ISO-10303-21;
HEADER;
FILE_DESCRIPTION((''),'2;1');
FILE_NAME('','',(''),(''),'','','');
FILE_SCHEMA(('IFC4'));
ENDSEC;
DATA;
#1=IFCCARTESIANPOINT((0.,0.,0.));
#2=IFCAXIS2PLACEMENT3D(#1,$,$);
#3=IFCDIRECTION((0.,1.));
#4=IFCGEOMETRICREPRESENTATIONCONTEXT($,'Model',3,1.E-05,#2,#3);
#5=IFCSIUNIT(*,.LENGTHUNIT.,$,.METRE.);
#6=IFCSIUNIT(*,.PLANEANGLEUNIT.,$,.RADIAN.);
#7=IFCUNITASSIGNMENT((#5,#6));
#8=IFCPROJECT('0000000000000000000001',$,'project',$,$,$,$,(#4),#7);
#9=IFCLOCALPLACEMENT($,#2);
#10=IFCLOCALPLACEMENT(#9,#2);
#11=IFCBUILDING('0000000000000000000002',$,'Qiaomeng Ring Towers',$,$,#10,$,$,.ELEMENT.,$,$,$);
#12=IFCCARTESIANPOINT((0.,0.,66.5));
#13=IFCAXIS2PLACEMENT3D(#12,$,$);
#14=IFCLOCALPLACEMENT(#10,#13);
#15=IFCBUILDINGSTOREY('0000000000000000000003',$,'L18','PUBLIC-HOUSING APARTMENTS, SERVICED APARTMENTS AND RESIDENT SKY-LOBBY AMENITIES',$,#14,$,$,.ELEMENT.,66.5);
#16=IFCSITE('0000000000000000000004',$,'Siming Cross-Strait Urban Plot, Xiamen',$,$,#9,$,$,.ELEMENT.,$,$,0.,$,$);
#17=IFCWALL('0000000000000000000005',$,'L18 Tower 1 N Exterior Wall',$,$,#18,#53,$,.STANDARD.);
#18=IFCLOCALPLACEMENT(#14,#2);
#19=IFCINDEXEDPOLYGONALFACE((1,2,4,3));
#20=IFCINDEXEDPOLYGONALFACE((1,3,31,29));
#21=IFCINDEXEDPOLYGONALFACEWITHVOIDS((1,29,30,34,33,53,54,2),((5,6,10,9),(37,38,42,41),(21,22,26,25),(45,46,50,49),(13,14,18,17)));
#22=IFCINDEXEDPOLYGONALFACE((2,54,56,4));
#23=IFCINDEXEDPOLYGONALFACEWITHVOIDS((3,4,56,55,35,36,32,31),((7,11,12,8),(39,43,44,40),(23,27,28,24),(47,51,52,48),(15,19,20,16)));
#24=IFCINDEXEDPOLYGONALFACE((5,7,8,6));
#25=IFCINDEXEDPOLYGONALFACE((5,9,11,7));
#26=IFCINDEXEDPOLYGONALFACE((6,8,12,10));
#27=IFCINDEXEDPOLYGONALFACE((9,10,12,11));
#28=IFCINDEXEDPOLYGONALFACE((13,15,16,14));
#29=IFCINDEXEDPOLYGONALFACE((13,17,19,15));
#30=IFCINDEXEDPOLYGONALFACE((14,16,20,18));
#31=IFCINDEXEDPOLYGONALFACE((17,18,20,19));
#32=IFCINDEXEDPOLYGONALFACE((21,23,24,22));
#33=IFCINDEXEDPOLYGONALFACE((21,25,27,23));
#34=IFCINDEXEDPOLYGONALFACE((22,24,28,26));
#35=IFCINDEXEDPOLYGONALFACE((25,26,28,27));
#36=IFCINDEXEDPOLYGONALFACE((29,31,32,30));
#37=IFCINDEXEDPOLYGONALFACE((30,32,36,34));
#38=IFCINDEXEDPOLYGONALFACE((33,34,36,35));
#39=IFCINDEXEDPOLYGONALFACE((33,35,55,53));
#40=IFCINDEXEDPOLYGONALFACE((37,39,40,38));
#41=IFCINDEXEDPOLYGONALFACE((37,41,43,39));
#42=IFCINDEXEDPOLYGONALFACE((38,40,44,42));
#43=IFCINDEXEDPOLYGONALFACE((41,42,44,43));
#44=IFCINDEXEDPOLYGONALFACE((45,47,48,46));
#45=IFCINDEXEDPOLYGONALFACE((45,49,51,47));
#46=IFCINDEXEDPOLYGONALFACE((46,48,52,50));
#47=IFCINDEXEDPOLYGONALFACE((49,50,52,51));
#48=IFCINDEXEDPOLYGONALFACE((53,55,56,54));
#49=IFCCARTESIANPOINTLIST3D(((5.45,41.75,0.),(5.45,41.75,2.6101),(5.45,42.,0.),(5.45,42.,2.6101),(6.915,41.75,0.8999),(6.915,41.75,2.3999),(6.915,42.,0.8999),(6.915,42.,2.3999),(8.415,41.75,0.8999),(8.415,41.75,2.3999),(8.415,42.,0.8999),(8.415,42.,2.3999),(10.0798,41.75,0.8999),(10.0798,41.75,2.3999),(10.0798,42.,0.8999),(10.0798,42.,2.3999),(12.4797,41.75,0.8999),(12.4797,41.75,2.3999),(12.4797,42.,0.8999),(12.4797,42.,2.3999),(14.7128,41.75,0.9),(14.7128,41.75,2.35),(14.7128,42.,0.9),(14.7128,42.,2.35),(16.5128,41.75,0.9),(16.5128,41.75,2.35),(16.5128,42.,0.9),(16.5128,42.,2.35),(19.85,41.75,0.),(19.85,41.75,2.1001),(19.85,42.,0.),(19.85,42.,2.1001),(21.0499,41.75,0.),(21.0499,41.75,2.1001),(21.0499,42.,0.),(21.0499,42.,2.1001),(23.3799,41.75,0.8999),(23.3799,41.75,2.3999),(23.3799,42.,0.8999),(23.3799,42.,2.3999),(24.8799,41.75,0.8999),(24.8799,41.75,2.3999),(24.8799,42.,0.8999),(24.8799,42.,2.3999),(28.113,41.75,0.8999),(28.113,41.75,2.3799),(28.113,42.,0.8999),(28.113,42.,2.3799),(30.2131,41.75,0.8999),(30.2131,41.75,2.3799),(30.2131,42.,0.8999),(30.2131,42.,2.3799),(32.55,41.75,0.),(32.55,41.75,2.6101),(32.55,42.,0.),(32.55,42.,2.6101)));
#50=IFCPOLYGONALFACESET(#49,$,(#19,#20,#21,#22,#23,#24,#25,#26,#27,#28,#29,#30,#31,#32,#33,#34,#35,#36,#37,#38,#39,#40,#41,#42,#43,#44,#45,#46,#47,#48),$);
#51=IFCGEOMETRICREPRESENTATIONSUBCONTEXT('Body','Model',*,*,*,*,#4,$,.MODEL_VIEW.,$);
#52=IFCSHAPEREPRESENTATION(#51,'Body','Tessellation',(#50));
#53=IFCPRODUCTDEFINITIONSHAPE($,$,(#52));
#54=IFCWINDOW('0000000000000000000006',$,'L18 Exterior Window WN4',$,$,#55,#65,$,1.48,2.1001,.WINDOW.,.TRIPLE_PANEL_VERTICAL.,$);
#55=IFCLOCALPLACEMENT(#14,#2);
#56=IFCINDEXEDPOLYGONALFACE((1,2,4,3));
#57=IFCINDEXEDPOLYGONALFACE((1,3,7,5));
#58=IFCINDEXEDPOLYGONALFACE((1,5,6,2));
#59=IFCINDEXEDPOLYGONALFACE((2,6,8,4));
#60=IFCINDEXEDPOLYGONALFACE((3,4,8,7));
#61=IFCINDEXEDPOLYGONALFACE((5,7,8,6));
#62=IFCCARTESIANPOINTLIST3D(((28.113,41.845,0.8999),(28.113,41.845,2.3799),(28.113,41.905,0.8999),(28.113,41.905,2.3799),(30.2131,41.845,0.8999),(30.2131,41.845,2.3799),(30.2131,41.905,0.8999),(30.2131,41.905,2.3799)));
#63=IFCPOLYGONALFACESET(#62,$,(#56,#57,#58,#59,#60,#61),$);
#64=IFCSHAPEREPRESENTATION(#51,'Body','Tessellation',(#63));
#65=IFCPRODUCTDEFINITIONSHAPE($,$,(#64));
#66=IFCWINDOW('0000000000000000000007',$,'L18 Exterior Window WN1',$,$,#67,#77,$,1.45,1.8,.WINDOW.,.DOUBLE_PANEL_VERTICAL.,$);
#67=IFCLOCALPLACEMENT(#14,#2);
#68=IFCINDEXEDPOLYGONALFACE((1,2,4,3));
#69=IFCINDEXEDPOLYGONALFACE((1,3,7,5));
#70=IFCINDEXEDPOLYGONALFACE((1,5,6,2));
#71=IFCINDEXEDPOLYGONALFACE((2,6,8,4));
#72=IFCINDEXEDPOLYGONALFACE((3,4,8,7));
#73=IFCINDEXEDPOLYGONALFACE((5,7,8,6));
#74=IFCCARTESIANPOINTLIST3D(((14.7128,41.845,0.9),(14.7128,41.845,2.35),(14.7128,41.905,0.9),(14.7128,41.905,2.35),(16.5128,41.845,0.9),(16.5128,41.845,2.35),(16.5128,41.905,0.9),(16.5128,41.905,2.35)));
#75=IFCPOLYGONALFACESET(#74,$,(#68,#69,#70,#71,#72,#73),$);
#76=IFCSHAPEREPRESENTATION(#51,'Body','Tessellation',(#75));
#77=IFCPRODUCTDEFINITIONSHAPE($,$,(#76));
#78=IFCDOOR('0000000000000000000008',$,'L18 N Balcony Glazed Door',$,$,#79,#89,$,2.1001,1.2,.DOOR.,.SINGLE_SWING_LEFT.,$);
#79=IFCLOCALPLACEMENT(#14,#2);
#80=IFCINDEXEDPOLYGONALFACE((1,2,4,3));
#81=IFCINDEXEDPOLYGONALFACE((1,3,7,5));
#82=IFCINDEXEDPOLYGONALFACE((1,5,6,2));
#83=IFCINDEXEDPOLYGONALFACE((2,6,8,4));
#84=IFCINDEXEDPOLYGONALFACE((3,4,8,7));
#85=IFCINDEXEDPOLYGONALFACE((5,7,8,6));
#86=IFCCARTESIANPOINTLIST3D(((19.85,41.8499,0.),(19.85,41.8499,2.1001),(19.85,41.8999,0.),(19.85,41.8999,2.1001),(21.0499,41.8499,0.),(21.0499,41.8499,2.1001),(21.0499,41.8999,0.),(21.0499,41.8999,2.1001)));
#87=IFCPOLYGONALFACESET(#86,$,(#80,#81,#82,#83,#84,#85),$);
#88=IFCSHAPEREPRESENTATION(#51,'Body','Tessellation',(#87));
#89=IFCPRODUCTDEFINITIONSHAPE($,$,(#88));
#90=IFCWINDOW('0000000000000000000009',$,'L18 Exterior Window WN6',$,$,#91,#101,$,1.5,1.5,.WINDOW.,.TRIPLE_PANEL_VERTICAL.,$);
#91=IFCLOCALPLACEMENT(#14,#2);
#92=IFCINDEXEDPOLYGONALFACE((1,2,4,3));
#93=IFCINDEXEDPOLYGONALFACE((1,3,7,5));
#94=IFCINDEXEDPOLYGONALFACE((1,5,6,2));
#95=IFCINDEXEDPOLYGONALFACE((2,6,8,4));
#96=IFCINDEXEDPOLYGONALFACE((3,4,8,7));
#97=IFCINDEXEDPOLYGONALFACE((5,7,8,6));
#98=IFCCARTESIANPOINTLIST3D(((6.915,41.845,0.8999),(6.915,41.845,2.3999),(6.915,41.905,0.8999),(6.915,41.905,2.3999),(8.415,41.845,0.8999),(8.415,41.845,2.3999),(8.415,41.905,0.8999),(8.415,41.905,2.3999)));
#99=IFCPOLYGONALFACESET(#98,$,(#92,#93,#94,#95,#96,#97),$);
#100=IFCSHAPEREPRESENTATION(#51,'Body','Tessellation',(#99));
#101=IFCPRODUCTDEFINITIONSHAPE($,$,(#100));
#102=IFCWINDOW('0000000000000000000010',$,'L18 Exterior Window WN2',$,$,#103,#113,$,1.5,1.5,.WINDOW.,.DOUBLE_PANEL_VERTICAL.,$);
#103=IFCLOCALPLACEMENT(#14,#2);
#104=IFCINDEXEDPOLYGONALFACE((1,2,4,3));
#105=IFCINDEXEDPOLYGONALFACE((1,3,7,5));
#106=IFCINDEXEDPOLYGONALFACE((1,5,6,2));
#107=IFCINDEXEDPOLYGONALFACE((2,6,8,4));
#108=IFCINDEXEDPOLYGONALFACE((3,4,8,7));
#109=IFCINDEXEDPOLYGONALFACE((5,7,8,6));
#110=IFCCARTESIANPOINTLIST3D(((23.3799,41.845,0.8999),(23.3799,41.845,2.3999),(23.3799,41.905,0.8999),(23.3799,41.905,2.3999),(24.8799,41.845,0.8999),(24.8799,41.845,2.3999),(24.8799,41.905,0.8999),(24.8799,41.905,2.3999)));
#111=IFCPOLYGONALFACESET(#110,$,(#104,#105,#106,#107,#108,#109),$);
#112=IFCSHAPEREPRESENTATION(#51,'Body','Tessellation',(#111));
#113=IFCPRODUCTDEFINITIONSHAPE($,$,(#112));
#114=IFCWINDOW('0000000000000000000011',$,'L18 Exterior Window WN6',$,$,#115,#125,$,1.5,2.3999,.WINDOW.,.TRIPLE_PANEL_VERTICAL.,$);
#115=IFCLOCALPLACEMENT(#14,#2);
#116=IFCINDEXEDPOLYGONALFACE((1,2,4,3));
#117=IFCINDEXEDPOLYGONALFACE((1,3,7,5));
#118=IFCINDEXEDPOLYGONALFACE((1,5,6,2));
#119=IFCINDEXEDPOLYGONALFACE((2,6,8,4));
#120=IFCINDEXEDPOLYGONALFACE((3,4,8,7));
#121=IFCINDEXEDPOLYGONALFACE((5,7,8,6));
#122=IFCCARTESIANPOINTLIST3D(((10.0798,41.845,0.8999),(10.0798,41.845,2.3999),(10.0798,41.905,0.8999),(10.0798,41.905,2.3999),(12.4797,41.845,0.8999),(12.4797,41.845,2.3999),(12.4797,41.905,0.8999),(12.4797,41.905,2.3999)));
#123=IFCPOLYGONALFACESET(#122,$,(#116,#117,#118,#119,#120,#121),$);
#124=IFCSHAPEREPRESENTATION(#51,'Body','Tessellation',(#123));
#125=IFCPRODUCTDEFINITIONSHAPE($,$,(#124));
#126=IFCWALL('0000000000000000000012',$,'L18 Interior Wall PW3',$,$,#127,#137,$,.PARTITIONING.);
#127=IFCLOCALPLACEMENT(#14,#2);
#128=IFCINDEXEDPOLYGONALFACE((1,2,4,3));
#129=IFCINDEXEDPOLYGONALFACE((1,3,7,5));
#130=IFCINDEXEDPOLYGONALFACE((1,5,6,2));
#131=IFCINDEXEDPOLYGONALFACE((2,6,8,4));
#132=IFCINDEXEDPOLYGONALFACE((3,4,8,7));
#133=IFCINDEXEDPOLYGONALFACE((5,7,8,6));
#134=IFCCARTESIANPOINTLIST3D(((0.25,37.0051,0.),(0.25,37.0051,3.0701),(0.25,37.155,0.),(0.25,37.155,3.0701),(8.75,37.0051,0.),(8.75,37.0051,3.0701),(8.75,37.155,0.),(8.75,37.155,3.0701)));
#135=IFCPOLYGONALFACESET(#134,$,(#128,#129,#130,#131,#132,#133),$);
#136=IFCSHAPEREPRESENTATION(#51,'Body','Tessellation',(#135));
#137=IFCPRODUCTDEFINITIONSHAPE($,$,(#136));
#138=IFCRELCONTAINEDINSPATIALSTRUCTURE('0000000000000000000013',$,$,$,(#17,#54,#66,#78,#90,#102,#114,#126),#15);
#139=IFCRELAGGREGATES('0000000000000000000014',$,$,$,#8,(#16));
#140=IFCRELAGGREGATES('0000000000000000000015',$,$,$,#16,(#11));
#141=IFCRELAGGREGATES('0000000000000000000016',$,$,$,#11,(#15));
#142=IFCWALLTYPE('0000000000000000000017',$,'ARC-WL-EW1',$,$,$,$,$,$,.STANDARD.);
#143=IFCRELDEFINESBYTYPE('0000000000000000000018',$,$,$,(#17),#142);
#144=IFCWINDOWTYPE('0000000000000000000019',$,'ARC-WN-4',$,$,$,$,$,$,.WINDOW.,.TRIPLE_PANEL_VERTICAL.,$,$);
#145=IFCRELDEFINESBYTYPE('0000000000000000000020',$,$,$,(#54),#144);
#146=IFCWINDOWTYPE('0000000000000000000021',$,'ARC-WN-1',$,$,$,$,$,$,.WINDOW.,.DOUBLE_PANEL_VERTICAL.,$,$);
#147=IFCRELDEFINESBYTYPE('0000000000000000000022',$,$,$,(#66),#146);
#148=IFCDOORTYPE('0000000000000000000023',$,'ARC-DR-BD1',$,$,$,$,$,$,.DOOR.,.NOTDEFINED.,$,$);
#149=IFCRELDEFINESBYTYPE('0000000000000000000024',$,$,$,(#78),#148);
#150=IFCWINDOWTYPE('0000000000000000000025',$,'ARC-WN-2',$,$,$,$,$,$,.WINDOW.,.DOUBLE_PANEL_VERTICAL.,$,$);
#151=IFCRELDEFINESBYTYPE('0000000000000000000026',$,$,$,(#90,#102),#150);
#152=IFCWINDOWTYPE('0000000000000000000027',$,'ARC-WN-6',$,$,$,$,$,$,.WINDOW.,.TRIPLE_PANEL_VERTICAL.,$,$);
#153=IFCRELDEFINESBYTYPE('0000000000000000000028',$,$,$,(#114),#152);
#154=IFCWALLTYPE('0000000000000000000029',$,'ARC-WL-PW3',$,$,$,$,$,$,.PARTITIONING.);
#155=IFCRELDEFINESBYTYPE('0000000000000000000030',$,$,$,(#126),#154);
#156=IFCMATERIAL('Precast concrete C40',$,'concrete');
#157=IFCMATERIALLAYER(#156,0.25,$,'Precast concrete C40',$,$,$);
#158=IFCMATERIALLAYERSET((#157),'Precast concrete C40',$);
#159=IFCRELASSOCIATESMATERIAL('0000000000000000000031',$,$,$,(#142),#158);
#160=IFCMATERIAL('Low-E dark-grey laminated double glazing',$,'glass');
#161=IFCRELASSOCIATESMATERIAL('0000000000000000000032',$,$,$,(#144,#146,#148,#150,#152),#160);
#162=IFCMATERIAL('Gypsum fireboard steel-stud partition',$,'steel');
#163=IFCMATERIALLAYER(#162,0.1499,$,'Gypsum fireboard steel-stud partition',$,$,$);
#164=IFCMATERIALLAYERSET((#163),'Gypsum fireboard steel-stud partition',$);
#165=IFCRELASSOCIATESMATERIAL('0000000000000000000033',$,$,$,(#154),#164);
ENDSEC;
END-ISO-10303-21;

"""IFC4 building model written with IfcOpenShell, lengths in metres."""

from ifc_helpers import new_model, si_unit, direction, frame, frame_2d, origin, place, context, subcontext, project, spatial, rectangle, extrude, source, transform, mapped, material, layer, layer_set, type_object, element, fill, save


model = new_model("IFC4")

# Units and contexts
model_context = context("Model", 3, precision=1e-05, world=origin(), true_north=direction((0.0, 1.0)))
body_context = subcontext(model_context, "Body", "Model", "MODEL_VIEW")
ifc_project = project(units=[si_unit("LENGTHUNIT", "METRE"), si_unit("PLANEANGLEUNIT", "RADIAN")], contexts=[model_context])

# Site, building, storey
site_placement = place(None, origin())
site = spatial("IfcSite", under=ifc_project, at=site_placement, Name="Siming Cross-Strait Urban Plot, Xiamen", CompositionType="ELEMENT", RefElevation=0.0)
building_placement = place(site_placement, origin())
building = spatial("IfcBuilding", under=site, at=building_placement, Name="Qiaomeng Ring Towers", CompositionType="ELEMENT")
storey_placement = place(building_placement, frame((0.0, 0.0, 66.5)))
storey = spatial("IfcBuildingStorey", under=building, at=storey_placement, Name="L18", Description="PUBLIC-HOUSING APARTMENTS, SERVICED APARTMENTS AND RESIDENT SKY-LOBBY AMENITIES", CompositionType="ELEMENT", Elevation=66.5)

# Shared definitions
ifc_material_1 = material(Name="Low-E dark-grey laminated double glazing", Category="glass")

# Wall, openings, windows, door
ifc_material_2 = material(Name="Precast concrete C40", Category="concrete")
ifc_layer_1 = layer(ifc_material_2, 0.25, Name="Precast concrete C40")
ifc_layer_set_1 = layer_set([ifc_layer_1], Name="Precast concrete C40")
wall_type_1 = type_object("IfcWallType", Name="ARC-WL-EW1", PredefinedType="STANDARD", material=ifc_layer_set_1)
wall_1_placement = place(storey_placement, frame((5.45, 41.875, 0.0), z_axis=(0.0, 0.0, 1.0), x_axis=(1.0, 0.0, 0.0)))
wall_1 = element("IfcWall", 1, at=wall_1_placement, inside=storey, type_object=wall_type_1, Name="L18 Tower 1 N Exterior Wall", PredefinedType="STANDARD", context=body_context, shape_type="SweptSolid", body=[
    extrude(rectangle(XDim=27.1001, YDim=0.25, at=frame_2d((13.55, 0.0))), origin(), (0.0, 0.0, 1.0), 2.6101),
])
opening_1_placement = place(wall_1_placement, frame((14.3999, 0.0, 0.0)))
opening_1 = element("IfcOpeningElement", 2, at=opening_1_placement, cuts=wall_1, PredefinedType="OPENING", context=body_context, shape_type="SweptSolid", body=[
    extrude(rectangle(XDim=1.2, YDim=2.1001, at=frame_2d((0.6001, 1.05))), frame((0.0, 0.135, 0.0), z_axis=(0.0, -1.0, 0.0), x_axis=(1.0, 0.0, 0.0)), (0.0, 0.0, 1.0), 0.27),
])
opening_2_placement = place(wall_1_placement, frame((1.4651, 0.0, 0.8999)))
opening_2 = element("IfcOpeningElement", 3, at=opening_2_placement, cuts=wall_1, PredefinedType="OPENING", context=body_context, shape_type="SweptSolid", body=[
    extrude(rectangle(XDim=1.5, YDim=1.5, at=frame_2d((0.75, 0.75))), frame((0.0, 0.135, 0.0), z_axis=(0.0, -1.0, 0.0), x_axis=(1.0, 0.0, 0.0)), (0.0, 0.0, 1.0), 0.27),
])
opening_3_placement = place(wall_1_placement, frame((9.2629, 0.0, 0.8999)))
opening_3 = element("IfcOpeningElement", 4, at=opening_3_placement, cuts=wall_1, PredefinedType="OPENING", context=body_context, shape_type="SweptSolid", body=[
    extrude(rectangle(XDim=1.8, YDim=1.45, at=frame_2d((0.8999, 0.7251))), frame((0.0, 0.135, 0.0), z_axis=(0.0, -1.0, 0.0), x_axis=(1.0, 0.0, 0.0)), (0.0, 0.0, 1.0), 0.27),
])
opening_4_placement = place(wall_1_placement, frame((17.9299, 0.0, 0.8999)))
opening_4 = element("IfcOpeningElement", 5, at=opening_4_placement, cuts=wall_1, PredefinedType="OPENING", context=body_context, shape_type="SweptSolid", body=[
    extrude(rectangle(XDim=1.5, YDim=1.5, at=frame_2d((0.75, 0.75))), frame((0.0, 0.135, 0.0), z_axis=(0.0, -1.0, 0.0), x_axis=(1.0, 0.0, 0.0)), (0.0, 0.0, 1.0), 0.27),
])
opening_5_placement = place(wall_1_placement, frame((22.6631, 0.0, 0.8999)))
opening_5 = element("IfcOpeningElement", 6, at=opening_5_placement, cuts=wall_1, PredefinedType="OPENING", context=body_context, shape_type="SweptSolid", body=[
    extrude(rectangle(XDim=2.1001, YDim=1.48, at=frame_2d((1.05, 0.74))), frame((0.0, 0.135, 0.0), z_axis=(0.0, -1.0, 0.0), x_axis=(1.0, 0.0, 0.0)), (0.0, 0.0, 1.0), 0.27),
])
opening_6_placement = place(wall_1_placement, frame((4.6299, 0.0, 0.8999)))
opening_6 = element("IfcOpeningElement", 7, at=opening_6_placement, cuts=wall_1, PredefinedType="OPENING", context=body_context, shape_type="SweptSolid", body=[
    extrude(rectangle(XDim=2.3999, YDim=1.5, at=frame_2d((1.2, 0.75))), frame((0.0, 0.135, 0.0), z_axis=(0.0, -1.0, 0.0), x_axis=(1.0, 0.0, 0.0)), (0.0, 0.0, 1.0), 0.27),
])
window_type_1 = type_object("IfcWindowType", Name="ARC-WN-4", PartitioningType="TRIPLE_PANEL_VERTICAL", PredefinedType="WINDOW", material=ifc_material_1)
shared_shape_1 = source(origin(), body_context, "Body", "SweptSolid", [
    extrude(rectangle(XDim=2.1001, YDim=1.48, at=frame_2d((1.05, 0.74))), frame((0.0, 0.03, 0.0), z_axis=(0.0, -1.0, 0.0), x_axis=(1.0, 0.0, 0.0)), (0.0, 0.0, 1.0), 0.0601),
])
window_1_placement = place(opening_5_placement, origin())
window_1 = element("IfcWindow", 8, at=window_1_placement, inside=storey, type_object=window_type_1, Name="L18 Exterior Window WN4", OverallHeight=1.48, OverallWidth=2.1001, PartitioningType="TRIPLE_PANEL_VERTICAL", PredefinedType="WINDOW", context=body_context, shape_type="MappedRepresentation", body=[
    mapped(shared_shape_1, transform((0.0, 0.0, 0.0), x_axis=(1.0, 0.0, 0.0), y_axis=(0.0, 1.0, 0.0), z_axis=(0.0, 0.0, 1.0), scale=1.0)),
])
fill(opening_5, window_1)
window_type_2 = type_object("IfcWindowType", Name="ARC-WN-1", PartitioningType="DOUBLE_PANEL_VERTICAL", PredefinedType="WINDOW", material=ifc_material_1)
shared_shape_2 = source(origin(), body_context, "Body", "SweptSolid", [
    extrude(rectangle(XDim=1.8, YDim=1.45, at=frame_2d((0.8999, 0.7251))), frame((0.0, 0.03, 0.0), z_axis=(0.0, -1.0, 0.0), x_axis=(1.0, 0.0, 0.0)), (0.0, 0.0, 1.0), 0.0601),
])
window_2_placement = place(opening_3_placement, origin())
window_2 = element("IfcWindow", 9, at=window_2_placement, inside=storey, type_object=window_type_2, Name="L18 Exterior Window WN1", OverallHeight=1.45, OverallWidth=1.8, PartitioningType="DOUBLE_PANEL_VERTICAL", PredefinedType="WINDOW", context=body_context, shape_type="MappedRepresentation", body=[
    mapped(shared_shape_2, transform((0.0, 0.0, 0.0), x_axis=(1.0, 0.0, 0.0), y_axis=(0.0, 1.0, 0.0), z_axis=(0.0, 0.0, 1.0), scale=1.0)),
])
fill(opening_3, window_2)
door_type_1 = type_object("IfcDoorType", Name="ARC-DR-BD1", OperationType="NOTDEFINED", PredefinedType="DOOR", material=ifc_material_1)
shared_shape_3 = source(origin(), body_context, "Body", "SweptSolid", [
    extrude(rectangle(XDim=1.2, YDim=2.1001, at=frame_2d((0.6001, 1.05))), frame((0.0, 0.0249, 0.0), z_axis=(0.0, -1.0, 0.0), x_axis=(1.0, 0.0, 0.0)), (0.0, 0.0, 1.0), 0.05),
])
door_1_placement = place(opening_1_placement, origin())
door_1 = element("IfcDoor", 10, at=door_1_placement, inside=storey, type_object=door_type_1, Name="L18 N Balcony Glazed Door", OperationType="SINGLE_SWING_LEFT", OverallHeight=2.1001, OverallWidth=1.2, PredefinedType="DOOR", context=body_context, shape_type="MappedRepresentation", body=[
    mapped(shared_shape_3, transform((0.0, 0.0, 0.0), x_axis=(1.0, 0.0, 0.0), y_axis=(0.0, 1.0, 0.0), z_axis=(0.0, 0.0, 1.0), scale=1.0)),
])
fill(opening_1, door_1)
window_type_3 = type_object("IfcWindowType", Name="ARC-WN-2", PartitioningType="DOUBLE_PANEL_VERTICAL", PredefinedType="WINDOW", material=ifc_material_1)
shared_shape_4 = source(origin(), body_context, "Body", "SweptSolid", [
    extrude(rectangle(XDim=1.5, YDim=1.5, at=frame_2d((0.75, 0.75))), frame((0.0, 0.03, 0.0), z_axis=(0.0, -1.0, 0.0), x_axis=(1.0, 0.0, 0.0)), (0.0, 0.0, 1.0), 0.0601),
])
window_3_placement = place(opening_2_placement, origin())
window_3 = element("IfcWindow", 11, at=window_3_placement, inside=storey, type_object=window_type_3, Name="L18 Exterior Window WN6", OverallHeight=1.5, OverallWidth=1.5, PartitioningType="TRIPLE_PANEL_VERTICAL", PredefinedType="WINDOW", context=body_context, shape_type="MappedRepresentation", body=[
    mapped(shared_shape_4, transform((0.0, 0.0, 0.0), x_axis=(1.0, 0.0, 0.0), y_axis=(0.0, 1.0, 0.0), z_axis=(0.0, 0.0, 1.0), scale=1.0)),
])
fill(opening_2, window_3)
window_4_placement = place(opening_4_placement, origin())
window_4 = element("IfcWindow", 12, at=window_4_placement, inside=storey, type_object=window_type_3, Name="L18 Exterior Window WN2", OverallHeight=1.5, OverallWidth=1.5, PartitioningType="DOUBLE_PANEL_VERTICAL", PredefinedType="WINDOW", context=body_context, shape_type="MappedRepresentation", body=[
    mapped(shared_shape_4, transform((0.0, 0.0, 0.0), x_axis=(1.0, 0.0, 0.0), y_axis=(0.0, 1.0, 0.0), z_axis=(0.0, 0.0, 1.0), scale=1.0)),
])
fill(opening_4, window_4)
window_type_4 = type_object("IfcWindowType", Name="ARC-WN-6", PartitioningType="TRIPLE_PANEL_VERTICAL", PredefinedType="WINDOW", material=ifc_material_1)
shared_shape_5 = source(origin(), body_context, "Body", "SweptSolid", [
    extrude(rectangle(XDim=2.3999, YDim=1.5, at=frame_2d((1.2, 0.75))), frame((0.0, 0.03, 0.0), z_axis=(0.0, -1.0, 0.0), x_axis=(1.0, 0.0, 0.0)), (0.0, 0.0, 1.0), 0.0601),
])
window_5_placement = place(opening_6_placement, origin())
window_5 = element("IfcWindow", 13, at=window_5_placement, inside=storey, type_object=window_type_4, Name="L18 Exterior Window WN6", OverallHeight=1.5, OverallWidth=2.3999, PartitioningType="TRIPLE_PANEL_VERTICAL", PredefinedType="WINDOW", context=body_context, shape_type="MappedRepresentation", body=[
    mapped(shared_shape_5, transform((0.0, 0.0, 0.0), x_axis=(1.0, 0.0, 0.0), y_axis=(0.0, 1.0, 0.0), z_axis=(0.0, 0.0, 1.0), scale=1.0)),
])
fill(opening_6, window_5)

# Wall
ifc_material_3 = material(Name="Gypsum fireboard steel-stud partition", Category="steel")
ifc_layer_2 = layer(ifc_material_3, 0.1499, Name="Gypsum fireboard steel-stud partition")
ifc_layer_set_2 = layer_set([ifc_layer_2], Name="Gypsum fireboard steel-stud partition")
wall_type_2 = type_object("IfcWallType", Name="ARC-WL-PW3", PredefinedType="PARTITIONING", material=ifc_layer_set_2)
wall_2_placement = place(storey_placement, frame((0.25, 37.0801, 0.0), z_axis=(0.0, 0.0, 1.0), x_axis=(1.0, 0.0, 0.0)))
element("IfcWall", 14, at=wall_2_placement, inside=storey, type_object=wall_type_2, Name="L18 Interior Wall PW3", PredefinedType="PARTITIONING", context=body_context, shape_type="SweptSolid", body=[
    extrude(rectangle(XDim=8.5, YDim=0.1499, at=frame_2d((4.25, 0.0))), origin(), (0.0, 0.0, 1.0), 3.0701),
])

save(model, "model.ifc")
